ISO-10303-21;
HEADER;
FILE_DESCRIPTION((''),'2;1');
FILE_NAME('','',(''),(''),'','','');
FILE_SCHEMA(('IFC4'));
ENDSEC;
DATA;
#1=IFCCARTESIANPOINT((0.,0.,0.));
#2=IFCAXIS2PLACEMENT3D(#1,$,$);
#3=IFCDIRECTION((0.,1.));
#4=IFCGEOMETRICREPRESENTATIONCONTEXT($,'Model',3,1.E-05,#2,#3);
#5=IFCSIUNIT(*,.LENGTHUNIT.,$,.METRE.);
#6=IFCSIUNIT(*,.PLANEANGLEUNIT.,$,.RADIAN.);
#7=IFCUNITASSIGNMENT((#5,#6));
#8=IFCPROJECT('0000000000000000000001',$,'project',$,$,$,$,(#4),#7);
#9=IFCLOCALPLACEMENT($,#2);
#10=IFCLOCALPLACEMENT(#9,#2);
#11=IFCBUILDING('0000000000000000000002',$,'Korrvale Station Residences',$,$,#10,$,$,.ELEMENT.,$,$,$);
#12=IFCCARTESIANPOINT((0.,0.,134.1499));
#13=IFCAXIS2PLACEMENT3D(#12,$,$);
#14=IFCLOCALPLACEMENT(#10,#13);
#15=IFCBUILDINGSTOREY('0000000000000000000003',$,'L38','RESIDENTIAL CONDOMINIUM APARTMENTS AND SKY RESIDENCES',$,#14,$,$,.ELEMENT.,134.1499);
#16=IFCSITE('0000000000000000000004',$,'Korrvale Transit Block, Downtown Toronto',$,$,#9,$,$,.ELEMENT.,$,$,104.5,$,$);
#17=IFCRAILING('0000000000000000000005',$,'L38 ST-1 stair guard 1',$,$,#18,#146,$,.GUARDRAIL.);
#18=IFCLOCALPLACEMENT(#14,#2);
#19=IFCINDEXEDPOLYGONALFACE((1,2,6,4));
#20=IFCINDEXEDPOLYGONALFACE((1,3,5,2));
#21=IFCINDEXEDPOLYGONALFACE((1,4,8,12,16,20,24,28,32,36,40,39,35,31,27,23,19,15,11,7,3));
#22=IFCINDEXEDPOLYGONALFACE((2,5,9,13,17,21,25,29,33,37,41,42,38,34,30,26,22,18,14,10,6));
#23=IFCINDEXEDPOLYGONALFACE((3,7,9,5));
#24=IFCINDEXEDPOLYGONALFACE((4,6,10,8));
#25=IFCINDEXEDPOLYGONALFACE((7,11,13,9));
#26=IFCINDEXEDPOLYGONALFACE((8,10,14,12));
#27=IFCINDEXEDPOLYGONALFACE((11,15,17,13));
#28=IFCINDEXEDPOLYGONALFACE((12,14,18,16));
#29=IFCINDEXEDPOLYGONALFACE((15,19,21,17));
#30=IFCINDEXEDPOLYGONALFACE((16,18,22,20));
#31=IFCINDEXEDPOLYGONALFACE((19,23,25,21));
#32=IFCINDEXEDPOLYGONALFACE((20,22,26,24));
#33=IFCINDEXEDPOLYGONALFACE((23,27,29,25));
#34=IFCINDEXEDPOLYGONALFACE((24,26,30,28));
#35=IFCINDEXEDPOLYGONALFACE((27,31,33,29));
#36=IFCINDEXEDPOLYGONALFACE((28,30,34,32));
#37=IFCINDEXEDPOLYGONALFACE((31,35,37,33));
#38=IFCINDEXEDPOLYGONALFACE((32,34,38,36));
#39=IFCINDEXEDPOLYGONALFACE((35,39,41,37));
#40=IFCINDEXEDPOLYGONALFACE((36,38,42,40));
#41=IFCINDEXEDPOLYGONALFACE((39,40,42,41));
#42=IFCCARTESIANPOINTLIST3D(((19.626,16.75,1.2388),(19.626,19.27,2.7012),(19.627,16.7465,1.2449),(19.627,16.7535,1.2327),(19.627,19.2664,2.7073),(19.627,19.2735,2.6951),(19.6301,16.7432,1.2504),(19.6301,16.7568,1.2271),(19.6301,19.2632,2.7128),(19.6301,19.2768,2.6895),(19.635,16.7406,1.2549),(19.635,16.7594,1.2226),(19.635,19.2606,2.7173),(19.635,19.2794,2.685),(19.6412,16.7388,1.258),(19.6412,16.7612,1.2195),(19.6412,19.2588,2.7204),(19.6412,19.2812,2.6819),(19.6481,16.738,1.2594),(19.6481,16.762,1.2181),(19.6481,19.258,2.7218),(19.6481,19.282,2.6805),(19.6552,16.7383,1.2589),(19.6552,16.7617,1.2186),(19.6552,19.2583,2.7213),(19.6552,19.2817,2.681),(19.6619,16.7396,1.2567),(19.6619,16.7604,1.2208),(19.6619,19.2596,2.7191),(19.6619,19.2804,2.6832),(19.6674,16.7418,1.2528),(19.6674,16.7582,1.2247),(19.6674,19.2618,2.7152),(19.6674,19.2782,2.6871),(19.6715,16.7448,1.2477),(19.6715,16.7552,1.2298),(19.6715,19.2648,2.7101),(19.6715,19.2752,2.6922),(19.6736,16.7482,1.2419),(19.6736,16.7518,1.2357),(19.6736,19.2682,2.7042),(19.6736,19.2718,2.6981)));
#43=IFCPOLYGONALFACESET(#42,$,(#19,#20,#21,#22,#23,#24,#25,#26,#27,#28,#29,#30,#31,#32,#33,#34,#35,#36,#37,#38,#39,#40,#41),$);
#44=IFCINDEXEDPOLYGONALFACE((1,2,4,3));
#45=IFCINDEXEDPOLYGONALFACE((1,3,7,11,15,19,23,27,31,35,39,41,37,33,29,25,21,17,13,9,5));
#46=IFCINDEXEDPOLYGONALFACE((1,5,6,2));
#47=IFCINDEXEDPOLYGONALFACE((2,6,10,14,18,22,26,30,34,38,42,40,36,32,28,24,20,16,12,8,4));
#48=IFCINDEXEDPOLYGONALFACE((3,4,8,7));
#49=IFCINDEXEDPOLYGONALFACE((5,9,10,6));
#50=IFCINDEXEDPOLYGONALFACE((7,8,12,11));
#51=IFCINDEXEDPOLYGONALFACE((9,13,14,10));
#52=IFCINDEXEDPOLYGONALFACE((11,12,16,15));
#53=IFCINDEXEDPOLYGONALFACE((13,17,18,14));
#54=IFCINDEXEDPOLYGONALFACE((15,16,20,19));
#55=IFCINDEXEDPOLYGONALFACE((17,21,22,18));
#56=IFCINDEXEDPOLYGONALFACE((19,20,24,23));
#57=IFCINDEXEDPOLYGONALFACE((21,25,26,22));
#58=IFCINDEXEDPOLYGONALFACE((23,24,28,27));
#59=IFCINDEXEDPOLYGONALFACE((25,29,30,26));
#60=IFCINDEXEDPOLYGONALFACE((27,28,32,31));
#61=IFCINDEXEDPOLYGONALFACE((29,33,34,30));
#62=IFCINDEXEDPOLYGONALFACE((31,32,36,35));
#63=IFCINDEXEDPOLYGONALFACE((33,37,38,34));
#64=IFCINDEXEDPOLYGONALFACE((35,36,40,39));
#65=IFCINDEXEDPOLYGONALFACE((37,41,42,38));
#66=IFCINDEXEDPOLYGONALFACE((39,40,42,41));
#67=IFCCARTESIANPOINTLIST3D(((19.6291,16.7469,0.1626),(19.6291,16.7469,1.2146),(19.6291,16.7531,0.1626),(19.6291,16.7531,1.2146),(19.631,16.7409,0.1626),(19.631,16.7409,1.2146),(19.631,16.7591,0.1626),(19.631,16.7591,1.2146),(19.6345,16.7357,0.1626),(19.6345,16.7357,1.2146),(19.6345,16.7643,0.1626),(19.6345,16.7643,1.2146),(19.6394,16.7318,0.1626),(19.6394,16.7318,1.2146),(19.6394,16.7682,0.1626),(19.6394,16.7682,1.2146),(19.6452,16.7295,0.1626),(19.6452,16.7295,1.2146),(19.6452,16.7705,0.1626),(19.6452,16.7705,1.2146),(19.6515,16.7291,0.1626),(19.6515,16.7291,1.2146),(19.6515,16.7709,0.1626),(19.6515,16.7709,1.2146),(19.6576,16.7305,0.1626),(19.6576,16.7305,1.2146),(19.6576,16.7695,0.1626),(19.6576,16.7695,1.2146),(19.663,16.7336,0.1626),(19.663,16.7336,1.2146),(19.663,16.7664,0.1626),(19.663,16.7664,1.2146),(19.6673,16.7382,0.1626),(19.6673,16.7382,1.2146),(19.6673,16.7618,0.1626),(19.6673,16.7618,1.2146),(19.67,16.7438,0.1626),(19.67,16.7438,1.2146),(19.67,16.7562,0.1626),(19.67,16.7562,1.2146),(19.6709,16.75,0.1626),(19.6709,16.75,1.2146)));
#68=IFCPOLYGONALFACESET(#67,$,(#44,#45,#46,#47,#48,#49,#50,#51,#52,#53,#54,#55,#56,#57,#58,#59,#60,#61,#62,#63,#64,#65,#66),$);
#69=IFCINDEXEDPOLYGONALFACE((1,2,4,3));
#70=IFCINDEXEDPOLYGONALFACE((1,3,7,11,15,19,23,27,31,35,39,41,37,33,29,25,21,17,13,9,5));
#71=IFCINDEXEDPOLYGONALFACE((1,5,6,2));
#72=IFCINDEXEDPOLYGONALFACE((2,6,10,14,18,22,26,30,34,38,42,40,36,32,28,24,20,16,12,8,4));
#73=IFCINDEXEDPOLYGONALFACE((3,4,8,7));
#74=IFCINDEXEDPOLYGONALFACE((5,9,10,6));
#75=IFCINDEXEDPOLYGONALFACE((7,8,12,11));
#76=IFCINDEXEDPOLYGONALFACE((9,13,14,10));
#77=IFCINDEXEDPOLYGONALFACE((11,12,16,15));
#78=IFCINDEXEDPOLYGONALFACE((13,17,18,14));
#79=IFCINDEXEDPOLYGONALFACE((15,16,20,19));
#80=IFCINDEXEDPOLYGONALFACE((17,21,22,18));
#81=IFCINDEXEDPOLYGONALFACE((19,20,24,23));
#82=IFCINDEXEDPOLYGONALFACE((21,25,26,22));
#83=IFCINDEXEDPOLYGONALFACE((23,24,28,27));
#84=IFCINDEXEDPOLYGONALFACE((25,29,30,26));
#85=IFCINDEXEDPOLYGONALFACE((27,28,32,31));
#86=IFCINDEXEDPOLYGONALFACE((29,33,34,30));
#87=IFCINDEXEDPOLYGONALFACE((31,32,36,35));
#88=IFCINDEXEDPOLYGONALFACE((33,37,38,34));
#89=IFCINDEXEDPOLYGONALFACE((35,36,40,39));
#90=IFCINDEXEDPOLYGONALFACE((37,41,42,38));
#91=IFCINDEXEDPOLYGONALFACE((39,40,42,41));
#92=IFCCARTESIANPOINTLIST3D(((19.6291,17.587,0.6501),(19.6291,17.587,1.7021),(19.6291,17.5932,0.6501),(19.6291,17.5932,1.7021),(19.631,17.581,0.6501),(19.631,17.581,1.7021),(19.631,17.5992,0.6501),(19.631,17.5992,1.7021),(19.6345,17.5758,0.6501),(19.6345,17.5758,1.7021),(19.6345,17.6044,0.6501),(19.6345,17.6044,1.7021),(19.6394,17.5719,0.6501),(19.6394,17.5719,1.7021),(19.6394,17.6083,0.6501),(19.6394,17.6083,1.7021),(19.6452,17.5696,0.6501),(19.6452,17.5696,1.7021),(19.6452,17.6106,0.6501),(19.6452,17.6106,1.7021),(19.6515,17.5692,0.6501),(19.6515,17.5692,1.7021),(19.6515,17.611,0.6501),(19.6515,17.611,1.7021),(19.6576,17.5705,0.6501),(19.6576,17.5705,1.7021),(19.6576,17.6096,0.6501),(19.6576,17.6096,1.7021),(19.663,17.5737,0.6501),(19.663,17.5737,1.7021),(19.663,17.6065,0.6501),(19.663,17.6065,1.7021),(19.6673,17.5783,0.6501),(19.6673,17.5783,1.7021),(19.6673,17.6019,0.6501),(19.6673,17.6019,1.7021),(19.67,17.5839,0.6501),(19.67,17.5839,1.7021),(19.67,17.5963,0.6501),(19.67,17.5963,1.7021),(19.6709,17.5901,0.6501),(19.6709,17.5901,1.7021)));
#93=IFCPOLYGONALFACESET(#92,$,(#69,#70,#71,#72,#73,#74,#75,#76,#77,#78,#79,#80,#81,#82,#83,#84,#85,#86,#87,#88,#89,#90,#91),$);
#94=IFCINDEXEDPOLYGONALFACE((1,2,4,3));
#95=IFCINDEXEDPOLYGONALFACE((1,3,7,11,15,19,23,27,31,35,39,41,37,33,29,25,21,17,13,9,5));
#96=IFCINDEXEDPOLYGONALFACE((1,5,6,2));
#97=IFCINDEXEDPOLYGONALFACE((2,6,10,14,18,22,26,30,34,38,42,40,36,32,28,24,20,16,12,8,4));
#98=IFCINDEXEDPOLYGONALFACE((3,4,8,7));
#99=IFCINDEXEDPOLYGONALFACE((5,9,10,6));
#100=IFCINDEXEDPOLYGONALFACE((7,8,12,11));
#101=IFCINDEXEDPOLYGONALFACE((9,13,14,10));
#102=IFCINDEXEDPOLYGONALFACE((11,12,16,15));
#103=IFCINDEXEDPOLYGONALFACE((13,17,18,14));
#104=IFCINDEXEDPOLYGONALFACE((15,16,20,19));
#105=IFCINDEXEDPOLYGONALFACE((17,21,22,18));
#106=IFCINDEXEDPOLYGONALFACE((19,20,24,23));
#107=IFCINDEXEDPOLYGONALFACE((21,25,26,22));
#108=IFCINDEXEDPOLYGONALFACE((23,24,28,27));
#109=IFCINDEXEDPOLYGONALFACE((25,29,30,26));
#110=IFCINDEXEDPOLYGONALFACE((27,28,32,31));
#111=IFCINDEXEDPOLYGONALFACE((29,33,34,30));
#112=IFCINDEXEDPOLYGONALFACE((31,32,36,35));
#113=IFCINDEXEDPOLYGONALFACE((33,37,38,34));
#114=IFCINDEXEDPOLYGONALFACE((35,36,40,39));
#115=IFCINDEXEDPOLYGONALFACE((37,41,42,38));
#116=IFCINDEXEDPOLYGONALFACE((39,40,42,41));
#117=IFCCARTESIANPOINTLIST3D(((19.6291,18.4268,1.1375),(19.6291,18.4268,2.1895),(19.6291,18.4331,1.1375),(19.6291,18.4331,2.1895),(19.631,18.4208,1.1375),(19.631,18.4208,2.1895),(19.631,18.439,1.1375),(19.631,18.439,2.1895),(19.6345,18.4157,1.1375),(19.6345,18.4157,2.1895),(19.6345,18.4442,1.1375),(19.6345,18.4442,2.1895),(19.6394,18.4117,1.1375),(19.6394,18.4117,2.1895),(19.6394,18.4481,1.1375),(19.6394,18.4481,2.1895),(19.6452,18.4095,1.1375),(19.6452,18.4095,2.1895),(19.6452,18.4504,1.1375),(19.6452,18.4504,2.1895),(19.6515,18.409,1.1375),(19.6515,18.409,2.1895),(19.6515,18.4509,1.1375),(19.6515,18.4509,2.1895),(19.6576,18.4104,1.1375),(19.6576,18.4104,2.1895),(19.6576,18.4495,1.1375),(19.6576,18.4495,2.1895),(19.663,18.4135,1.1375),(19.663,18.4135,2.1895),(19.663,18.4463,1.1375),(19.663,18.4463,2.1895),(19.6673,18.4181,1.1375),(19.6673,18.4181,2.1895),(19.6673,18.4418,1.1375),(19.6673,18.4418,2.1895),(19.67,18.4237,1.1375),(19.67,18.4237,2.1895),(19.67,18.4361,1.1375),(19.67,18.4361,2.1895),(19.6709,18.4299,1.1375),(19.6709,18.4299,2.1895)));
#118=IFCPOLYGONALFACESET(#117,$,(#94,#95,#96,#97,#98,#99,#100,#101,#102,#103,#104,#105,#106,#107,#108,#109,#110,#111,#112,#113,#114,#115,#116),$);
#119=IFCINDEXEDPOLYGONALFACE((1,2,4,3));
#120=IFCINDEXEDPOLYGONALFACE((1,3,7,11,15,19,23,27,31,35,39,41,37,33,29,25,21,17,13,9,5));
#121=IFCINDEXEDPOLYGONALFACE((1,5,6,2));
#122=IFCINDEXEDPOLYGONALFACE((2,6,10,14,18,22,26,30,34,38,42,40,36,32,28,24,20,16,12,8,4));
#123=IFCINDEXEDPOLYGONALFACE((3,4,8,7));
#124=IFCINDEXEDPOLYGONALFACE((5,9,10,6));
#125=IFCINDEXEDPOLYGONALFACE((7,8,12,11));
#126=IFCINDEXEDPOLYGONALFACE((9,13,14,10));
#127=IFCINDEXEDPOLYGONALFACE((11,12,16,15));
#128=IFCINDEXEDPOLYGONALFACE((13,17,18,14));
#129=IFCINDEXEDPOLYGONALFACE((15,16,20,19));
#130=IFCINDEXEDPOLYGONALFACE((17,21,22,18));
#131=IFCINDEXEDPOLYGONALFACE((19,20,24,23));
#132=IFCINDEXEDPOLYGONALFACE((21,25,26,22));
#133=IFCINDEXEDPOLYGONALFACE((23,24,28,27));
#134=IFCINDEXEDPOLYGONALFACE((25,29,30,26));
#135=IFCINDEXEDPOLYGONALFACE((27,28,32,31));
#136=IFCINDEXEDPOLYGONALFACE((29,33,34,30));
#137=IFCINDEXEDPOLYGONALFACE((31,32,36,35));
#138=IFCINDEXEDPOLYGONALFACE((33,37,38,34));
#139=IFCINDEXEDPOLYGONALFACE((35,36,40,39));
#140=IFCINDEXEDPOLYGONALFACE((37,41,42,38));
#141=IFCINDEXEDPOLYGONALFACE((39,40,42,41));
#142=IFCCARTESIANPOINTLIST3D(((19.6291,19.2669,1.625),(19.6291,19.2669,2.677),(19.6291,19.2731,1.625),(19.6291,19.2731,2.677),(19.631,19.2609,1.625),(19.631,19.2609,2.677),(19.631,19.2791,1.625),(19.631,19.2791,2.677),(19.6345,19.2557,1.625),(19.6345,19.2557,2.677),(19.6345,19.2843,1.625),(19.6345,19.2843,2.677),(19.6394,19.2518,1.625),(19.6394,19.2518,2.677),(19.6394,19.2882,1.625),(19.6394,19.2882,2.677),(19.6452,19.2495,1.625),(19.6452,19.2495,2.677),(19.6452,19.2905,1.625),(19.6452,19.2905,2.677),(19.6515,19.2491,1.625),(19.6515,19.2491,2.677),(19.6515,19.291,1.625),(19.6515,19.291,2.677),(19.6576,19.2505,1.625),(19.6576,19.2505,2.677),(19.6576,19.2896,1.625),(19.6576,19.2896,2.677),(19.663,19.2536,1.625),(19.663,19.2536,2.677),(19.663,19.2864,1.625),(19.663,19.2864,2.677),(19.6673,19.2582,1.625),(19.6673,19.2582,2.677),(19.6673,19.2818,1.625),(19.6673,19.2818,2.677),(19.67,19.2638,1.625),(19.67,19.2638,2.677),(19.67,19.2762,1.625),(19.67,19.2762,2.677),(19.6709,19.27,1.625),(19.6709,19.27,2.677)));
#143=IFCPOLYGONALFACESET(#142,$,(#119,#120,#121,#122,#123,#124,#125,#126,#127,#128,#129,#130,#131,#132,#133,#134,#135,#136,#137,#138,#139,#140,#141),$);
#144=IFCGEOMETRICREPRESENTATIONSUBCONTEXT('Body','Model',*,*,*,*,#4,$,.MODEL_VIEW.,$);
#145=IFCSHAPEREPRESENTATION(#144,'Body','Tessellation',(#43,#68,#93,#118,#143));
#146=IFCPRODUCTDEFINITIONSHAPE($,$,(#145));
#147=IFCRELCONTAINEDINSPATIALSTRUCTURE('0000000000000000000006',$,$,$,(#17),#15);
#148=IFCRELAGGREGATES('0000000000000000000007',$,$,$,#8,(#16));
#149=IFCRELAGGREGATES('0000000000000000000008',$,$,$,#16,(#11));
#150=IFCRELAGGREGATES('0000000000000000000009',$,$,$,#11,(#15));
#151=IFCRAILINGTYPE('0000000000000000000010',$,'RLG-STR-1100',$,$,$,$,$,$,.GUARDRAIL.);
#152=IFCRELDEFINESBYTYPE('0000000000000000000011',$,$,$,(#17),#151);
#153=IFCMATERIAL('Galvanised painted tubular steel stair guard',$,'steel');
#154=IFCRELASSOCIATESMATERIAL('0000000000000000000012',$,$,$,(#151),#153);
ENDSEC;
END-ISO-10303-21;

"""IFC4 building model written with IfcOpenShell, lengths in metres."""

from ifc_helpers import new_model, si_unit, direction, frame, origin, origin_2d, place, context, subcontext, project, spatial, circle, extrude, material, type_object, element, save


model = new_model("IFC4")

# Units and contexts
model_context = context("Model", 3, precision=1e-05, world=origin(), true_north=direction((0.0, 1.0)))
body_context = subcontext(model_context, "Body", "Model", "MODEL_VIEW")
ifc_project = project(units=[si_unit("LENGTHUNIT", "METRE"), si_unit("PLANEANGLEUNIT", "RADIAN")], contexts=[model_context])

# Site, building, storey
site_placement = place(None, origin())
site = spatial("IfcSite", under=ifc_project, at=site_placement, Name="Korrvale Transit Block, Downtown Toronto", CompositionType="ELEMENT", RefElevation=104.5)
building_placement = place(site_placement, origin())
building = spatial("IfcBuilding", under=site, at=building_placement, Name="Korrvale Station Residences", CompositionType="ELEMENT")
storey_placement = place(building_placement, frame((0.0, 0.0, 134.1499)))
storey = spatial("IfcBuildingStorey", under=building, at=storey_placement, Name="L38", Description="RESIDENTIAL CONDOMINIUM APARTMENTS AND SKY RESIDENCES", CompositionType="ELEMENT", Elevation=134.1499)

# Railing
ifc_material_1 = material(Name="Galvanised painted tubular steel stair guard", Category="steel")
railing_type_1 = type_object("IfcRailingType", Name="RLG-STR-1100", PredefinedType="GUARDRAIL", material=ifc_material_1)
railing_1_placement = place(storey_placement, frame((19.6499, 16.75, 0.1626)))
element("IfcRailing", 1, at=railing_1_placement, inside=storey, type_object=railing_type_1, Name="L38 ST-1 stair guard 1", PredefinedType="GUARDRAIL", context=body_context, shape_type="SweptSolid", body=[
    extrude(circle(Radius=0.0239, at=origin_2d()), frame((0.0, 0.0, 1.0762), z_axis=(0.0, 0.864913, 0.501921), x_axis=(-1.0, 0.0, 0.0)), (0.0, 0.0, 1.0), 2.9136),
    extrude(circle(Radius=0.021, at=origin_2d()), origin(), (0.0, 0.0, 1.0), 1.052),
    extrude(circle(Radius=0.021, at=origin_2d()), frame((0.0, 0.8401, 0.4875)), (0.0, 0.0, 1.0), 1.052),
    extrude(circle(Radius=0.021, at=origin_2d()), frame((0.0, 1.6799, 0.9749)), (0.0, 0.0, 1.0), 1.052),
    extrude(circle(Radius=0.021, at=origin_2d()), frame((0.0, 2.52, 1.4624)), (0.0, 0.0, 1.0), 1.052),
])

save(model, "model.ifc")
